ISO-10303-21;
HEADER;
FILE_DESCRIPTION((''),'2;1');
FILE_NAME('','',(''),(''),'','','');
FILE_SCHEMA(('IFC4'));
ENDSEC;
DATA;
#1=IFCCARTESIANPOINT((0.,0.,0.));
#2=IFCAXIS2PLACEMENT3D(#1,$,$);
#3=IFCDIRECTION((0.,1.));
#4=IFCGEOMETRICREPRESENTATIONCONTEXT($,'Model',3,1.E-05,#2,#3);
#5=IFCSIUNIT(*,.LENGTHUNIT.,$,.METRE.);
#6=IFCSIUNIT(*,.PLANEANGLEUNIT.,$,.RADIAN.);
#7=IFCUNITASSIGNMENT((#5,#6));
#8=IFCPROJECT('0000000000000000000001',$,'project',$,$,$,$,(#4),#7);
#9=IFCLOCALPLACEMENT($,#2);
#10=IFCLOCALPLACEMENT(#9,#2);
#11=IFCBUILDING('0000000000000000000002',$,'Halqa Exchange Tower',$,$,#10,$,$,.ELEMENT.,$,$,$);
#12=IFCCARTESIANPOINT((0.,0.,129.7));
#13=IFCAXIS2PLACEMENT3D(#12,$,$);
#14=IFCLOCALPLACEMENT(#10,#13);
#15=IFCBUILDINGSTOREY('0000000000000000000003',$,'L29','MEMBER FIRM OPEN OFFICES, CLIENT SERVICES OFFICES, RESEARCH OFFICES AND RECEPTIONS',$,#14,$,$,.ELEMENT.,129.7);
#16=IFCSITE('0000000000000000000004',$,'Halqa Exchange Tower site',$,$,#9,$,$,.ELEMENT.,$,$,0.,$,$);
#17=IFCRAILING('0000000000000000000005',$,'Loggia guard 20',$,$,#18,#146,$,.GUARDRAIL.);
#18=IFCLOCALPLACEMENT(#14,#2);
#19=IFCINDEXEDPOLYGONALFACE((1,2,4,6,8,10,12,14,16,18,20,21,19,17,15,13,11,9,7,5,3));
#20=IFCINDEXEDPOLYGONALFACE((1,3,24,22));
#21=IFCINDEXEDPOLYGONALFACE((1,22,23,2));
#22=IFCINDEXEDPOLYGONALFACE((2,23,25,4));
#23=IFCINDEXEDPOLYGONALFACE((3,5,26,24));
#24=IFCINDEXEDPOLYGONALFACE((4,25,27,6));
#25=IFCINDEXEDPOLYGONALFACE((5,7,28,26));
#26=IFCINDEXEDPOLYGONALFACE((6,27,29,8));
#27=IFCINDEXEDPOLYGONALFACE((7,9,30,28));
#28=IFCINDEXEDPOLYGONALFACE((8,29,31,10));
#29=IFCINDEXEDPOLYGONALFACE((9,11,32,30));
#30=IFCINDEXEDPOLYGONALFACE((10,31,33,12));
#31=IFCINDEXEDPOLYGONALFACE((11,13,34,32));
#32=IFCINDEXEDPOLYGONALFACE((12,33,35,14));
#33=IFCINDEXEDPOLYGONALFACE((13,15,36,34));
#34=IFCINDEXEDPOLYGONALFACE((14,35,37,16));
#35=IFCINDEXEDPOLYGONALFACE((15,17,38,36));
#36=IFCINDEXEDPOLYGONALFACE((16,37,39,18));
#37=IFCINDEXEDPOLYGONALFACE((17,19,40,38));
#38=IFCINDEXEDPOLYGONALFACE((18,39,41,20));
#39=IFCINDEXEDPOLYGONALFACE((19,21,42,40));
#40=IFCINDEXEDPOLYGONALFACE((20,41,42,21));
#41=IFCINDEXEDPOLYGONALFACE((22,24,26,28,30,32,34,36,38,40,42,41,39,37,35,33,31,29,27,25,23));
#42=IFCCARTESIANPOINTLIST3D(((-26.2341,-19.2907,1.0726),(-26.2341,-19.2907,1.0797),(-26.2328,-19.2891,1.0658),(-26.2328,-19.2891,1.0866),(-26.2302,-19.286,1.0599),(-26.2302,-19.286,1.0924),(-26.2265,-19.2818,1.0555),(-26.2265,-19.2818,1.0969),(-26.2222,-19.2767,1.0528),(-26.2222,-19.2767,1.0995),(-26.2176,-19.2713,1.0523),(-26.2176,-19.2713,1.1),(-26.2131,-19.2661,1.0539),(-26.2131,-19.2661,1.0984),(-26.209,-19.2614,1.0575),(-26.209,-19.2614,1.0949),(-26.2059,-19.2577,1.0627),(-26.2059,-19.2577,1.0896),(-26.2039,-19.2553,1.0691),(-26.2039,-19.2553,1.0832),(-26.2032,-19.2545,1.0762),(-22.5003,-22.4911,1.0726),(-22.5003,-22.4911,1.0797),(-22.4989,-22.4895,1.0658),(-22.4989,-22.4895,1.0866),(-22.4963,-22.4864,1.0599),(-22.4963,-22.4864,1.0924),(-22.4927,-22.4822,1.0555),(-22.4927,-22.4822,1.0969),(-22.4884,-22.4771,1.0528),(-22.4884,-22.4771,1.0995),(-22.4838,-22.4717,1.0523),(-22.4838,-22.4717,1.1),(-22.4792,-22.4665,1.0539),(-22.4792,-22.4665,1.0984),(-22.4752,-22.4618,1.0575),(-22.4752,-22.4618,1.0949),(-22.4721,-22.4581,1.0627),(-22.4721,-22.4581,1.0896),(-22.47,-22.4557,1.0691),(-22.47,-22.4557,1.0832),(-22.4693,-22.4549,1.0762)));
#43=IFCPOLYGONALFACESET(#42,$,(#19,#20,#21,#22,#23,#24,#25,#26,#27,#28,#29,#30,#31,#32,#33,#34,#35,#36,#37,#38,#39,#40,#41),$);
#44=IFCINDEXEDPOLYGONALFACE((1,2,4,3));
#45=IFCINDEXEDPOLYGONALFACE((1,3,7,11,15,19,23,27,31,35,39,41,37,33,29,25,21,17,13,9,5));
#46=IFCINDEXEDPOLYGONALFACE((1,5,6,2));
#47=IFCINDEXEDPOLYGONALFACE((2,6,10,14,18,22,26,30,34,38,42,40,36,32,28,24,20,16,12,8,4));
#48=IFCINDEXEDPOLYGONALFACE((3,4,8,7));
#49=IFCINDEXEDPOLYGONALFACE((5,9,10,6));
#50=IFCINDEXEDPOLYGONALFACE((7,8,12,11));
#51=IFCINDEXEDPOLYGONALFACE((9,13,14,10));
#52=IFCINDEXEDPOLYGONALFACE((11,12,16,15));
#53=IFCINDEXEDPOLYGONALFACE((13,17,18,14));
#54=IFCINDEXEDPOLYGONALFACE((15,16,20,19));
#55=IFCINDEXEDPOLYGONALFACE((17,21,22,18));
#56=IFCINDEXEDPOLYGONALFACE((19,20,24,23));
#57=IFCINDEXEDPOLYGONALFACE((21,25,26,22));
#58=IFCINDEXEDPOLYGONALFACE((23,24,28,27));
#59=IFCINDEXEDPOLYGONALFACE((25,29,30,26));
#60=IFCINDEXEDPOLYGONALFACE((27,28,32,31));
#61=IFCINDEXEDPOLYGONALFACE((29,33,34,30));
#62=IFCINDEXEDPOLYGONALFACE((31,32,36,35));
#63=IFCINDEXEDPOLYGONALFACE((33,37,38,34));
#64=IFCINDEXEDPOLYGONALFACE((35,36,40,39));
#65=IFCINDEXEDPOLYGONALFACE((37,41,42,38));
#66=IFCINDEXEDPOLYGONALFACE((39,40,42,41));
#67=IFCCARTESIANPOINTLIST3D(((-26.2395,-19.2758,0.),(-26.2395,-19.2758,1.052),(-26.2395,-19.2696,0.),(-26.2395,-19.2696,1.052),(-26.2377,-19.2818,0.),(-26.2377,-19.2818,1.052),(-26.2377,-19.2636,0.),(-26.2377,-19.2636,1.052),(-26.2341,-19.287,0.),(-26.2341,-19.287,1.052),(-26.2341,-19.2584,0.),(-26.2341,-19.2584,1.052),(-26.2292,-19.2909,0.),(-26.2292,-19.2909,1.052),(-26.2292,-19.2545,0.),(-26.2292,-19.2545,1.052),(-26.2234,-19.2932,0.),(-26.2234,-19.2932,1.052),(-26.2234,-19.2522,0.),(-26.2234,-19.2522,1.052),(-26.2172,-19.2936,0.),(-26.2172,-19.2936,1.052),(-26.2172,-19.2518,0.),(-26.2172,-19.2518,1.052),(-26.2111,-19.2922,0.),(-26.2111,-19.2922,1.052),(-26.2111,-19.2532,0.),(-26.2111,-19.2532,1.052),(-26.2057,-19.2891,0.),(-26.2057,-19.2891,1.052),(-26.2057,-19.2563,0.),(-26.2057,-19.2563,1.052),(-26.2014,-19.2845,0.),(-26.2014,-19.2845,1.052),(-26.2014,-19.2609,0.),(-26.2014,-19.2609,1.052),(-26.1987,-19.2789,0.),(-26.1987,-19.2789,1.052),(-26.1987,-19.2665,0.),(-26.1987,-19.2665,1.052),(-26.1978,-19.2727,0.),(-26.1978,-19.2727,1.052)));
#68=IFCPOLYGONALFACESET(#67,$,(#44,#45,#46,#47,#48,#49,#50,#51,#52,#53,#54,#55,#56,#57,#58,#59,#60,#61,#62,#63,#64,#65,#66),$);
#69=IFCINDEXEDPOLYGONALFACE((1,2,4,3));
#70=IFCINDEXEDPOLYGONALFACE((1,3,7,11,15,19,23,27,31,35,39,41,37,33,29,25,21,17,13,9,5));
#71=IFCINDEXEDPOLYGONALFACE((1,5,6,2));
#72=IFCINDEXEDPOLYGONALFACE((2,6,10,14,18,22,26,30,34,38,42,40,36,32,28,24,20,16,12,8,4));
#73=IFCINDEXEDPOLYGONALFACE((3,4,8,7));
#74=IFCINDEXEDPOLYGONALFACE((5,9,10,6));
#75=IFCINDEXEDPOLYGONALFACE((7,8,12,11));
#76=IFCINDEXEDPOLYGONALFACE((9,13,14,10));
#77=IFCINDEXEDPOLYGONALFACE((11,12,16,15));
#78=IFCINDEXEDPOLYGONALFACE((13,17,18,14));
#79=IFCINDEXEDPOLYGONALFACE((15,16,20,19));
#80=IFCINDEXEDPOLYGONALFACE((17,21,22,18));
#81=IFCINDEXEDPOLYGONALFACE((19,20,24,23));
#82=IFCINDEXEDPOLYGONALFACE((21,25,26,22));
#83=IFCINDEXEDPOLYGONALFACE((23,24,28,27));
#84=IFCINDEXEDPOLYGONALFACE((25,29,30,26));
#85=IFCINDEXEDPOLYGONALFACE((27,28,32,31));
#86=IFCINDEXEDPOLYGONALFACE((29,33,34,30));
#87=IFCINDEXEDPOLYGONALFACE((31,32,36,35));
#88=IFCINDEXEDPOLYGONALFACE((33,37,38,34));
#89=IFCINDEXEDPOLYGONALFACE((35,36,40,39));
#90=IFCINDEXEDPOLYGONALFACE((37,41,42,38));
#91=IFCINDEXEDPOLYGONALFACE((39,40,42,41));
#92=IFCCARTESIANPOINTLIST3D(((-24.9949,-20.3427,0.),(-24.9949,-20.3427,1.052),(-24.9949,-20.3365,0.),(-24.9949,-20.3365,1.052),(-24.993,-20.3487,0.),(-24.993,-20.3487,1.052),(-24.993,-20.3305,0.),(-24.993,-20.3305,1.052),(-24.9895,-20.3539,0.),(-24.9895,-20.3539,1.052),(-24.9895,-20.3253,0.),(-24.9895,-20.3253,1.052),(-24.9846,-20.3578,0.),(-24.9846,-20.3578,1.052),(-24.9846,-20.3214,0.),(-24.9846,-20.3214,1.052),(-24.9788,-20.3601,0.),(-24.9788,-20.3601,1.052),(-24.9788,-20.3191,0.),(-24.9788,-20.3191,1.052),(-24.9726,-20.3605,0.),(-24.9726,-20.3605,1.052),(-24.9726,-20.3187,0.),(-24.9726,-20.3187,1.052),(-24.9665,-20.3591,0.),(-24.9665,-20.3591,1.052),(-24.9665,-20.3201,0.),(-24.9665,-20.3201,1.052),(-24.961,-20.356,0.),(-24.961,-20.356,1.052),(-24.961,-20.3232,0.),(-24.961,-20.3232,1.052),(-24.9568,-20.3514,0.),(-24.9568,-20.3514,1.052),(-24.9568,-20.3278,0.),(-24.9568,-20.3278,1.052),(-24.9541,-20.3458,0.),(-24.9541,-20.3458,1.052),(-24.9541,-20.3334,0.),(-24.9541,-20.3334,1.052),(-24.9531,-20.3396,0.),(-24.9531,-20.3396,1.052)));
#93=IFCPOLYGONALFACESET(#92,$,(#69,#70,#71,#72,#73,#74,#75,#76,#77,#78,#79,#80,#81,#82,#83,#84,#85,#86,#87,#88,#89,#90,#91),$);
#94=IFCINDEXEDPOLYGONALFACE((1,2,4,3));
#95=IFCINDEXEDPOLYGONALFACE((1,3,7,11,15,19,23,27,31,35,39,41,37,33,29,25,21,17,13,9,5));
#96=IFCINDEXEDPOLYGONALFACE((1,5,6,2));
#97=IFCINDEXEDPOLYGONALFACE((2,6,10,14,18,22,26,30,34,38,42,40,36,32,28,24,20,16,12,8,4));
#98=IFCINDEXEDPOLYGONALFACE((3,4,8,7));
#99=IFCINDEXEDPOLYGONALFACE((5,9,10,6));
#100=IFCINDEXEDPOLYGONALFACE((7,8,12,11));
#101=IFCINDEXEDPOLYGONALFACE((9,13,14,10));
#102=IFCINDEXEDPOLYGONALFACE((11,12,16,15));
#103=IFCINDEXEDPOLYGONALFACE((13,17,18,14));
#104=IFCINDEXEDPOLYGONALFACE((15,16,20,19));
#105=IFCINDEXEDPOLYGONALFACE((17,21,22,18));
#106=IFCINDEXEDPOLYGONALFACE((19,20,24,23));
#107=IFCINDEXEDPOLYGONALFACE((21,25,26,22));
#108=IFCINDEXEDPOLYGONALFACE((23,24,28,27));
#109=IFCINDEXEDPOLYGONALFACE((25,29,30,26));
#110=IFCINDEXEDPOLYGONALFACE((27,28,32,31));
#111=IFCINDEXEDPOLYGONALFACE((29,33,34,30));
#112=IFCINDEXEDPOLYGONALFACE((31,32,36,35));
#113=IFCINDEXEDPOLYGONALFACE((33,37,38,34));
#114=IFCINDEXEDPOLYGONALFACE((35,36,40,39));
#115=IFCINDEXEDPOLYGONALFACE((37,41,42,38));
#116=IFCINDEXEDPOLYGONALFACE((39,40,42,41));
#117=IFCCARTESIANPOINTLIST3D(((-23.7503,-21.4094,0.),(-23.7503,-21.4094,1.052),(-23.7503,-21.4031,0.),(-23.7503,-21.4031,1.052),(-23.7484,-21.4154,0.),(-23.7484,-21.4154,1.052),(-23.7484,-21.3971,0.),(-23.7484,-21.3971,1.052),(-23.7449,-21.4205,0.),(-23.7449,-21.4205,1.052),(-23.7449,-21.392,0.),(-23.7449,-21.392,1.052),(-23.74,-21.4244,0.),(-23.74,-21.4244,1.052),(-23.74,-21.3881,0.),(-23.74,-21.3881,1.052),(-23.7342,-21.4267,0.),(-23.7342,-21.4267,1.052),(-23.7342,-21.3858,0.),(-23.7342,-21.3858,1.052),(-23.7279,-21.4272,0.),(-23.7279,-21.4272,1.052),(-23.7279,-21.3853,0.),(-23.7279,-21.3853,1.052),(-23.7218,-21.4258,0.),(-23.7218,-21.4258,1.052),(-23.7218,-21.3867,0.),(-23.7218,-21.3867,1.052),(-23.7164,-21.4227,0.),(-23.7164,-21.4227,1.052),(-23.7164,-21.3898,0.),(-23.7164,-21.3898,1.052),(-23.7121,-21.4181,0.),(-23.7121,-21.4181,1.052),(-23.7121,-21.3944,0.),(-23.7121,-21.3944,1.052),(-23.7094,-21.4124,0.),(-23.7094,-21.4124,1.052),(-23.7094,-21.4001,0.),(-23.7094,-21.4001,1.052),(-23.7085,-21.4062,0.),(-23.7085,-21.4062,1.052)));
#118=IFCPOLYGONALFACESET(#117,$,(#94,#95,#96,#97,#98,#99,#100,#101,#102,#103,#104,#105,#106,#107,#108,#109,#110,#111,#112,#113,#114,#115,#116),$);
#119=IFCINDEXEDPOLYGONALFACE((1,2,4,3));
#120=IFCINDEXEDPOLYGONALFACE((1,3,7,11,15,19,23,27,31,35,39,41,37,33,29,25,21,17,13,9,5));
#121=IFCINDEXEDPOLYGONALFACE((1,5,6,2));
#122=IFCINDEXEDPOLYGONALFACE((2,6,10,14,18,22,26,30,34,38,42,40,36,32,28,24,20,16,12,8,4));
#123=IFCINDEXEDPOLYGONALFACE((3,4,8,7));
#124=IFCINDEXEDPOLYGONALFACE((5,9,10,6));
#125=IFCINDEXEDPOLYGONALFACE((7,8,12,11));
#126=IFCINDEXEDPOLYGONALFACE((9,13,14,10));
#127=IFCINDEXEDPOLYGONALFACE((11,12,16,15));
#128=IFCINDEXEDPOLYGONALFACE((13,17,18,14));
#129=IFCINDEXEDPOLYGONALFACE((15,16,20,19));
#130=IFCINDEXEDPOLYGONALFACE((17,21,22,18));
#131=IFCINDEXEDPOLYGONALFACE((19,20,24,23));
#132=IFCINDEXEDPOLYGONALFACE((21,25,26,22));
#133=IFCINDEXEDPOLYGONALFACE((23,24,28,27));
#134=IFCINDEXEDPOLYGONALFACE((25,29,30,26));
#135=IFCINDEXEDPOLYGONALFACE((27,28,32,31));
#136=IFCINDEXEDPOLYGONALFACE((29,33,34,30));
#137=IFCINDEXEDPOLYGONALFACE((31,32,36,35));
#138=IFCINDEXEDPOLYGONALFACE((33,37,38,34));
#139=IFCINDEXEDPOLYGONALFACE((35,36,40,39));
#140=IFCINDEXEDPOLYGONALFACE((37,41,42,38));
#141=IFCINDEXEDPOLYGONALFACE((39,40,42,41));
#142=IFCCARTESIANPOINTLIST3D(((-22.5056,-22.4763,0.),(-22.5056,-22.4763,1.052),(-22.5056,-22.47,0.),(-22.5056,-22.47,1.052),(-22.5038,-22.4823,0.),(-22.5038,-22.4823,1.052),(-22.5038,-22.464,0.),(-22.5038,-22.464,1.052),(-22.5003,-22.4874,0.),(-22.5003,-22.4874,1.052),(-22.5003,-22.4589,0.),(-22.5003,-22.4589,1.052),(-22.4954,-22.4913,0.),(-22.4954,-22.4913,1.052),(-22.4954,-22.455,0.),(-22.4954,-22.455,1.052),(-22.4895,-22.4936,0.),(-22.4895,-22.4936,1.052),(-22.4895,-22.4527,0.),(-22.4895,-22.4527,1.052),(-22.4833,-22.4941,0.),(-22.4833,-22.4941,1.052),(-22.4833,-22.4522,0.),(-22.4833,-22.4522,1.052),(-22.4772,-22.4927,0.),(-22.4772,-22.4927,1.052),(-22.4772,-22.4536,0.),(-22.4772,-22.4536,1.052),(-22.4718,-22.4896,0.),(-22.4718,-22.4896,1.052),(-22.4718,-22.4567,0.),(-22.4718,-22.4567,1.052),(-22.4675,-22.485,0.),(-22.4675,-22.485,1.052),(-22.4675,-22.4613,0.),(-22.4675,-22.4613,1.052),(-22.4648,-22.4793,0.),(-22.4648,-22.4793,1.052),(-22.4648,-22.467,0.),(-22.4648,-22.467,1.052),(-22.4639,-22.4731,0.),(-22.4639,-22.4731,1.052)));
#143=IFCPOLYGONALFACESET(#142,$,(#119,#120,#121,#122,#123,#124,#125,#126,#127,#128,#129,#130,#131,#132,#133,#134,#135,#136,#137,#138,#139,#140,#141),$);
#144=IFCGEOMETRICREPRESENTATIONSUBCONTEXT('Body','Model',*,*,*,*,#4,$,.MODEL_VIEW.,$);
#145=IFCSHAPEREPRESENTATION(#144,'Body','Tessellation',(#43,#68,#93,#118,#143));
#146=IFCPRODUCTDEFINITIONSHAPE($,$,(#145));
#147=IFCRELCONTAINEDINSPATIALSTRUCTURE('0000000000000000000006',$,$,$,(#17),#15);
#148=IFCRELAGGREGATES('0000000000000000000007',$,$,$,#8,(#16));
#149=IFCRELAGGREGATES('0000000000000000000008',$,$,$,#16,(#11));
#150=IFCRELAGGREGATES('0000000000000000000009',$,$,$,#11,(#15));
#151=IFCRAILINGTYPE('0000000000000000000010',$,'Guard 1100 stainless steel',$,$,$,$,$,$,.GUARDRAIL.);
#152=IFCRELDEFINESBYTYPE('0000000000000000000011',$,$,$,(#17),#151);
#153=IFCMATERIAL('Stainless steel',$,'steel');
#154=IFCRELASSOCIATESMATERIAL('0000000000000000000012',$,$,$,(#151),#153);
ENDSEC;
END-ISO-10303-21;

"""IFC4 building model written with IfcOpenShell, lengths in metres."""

from ifc_helpers import new_model, si_unit, direction, frame, origin, origin_2d, place, context, subcontext, project, spatial, circle, extrude, material, type_object, element, save


model = new_model("IFC4")

# Units and contexts
model_context = context("Model", 3, precision=1e-05, world=origin(), true_north=direction((0.0, 1.0)))
body_context = subcontext(model_context, "Body", "Model", "MODEL_VIEW")
ifc_project = project(units=[si_unit("LENGTHUNIT", "METRE"), si_unit("PLANEANGLEUNIT", "RADIAN")], contexts=[model_context])

# Site, building, storey
site_placement = place(None, origin())
site = spatial("IfcSite", under=ifc_project, at=site_placement, Name="Halqa Exchange Tower site", CompositionType="ELEMENT", RefElevation=0.0)
building_placement = place(site_placement, origin())
building = spatial("IfcBuilding", under=site, at=building_placement, Name="Halqa Exchange Tower", CompositionType="ELEMENT")
storey_placement = place(building_placement, frame((0.0, 0.0, 129.7)))
storey = spatial("IfcBuildingStorey", under=building, at=storey_placement, Name="L29", Description="MEMBER FIRM OPEN OFFICES, CLIENT SERVICES OFFICES, RESEARCH OFFICES AND RECEPTIONS", CompositionType="ELEMENT", Elevation=129.7)

# Railing
ifc_material_1 = material(Name="Stainless steel", Category="steel")
railing_type = type_object("IfcRailingType", Name="Guard 1100 stainless steel", PredefinedType="GUARDRAIL", material=ifc_material_1)
railing_1_placement = place(storey_placement, frame((-26.2188, -19.2727, 0.0)))
element("IfcRailing", 1, at=railing_1_placement, inside=storey, type_object=railing_type, Name="Loggia guard 20", PredefinedType="GUARDRAIL", context=body_context, shape_type="SweptSolid", body=[
    extrude(circle(Radius=0.0239, at=origin_2d()), frame((0.0, 0.0, 1.0762), z_axis=(0.75926, -0.650787, 0.0), x_axis=(0.650787, 0.75926, 0.0)), (0.0, 0.0, 1.0), 4.9177),
    extrude(circle(Radius=0.021, at=origin_2d()), origin(), (0.0, 0.0, 1.0), 1.052),
    extrude(circle(Radius=0.021, at=origin_2d()), frame((1.2446, -1.0669, 0.0)), (0.0, 0.0, 1.0), 1.052),
    extrude(circle(Radius=0.021, at=origin_2d()), frame((2.4893, -2.1335, 0.0)), (0.0, 0.0, 1.0), 1.052),
    extrude(circle(Radius=0.021, at=origin_2d()), frame((3.7339, -3.2004, 0.0)), (0.0, 0.0, 1.0), 1.052),
])

save(model, "model.ifc")
